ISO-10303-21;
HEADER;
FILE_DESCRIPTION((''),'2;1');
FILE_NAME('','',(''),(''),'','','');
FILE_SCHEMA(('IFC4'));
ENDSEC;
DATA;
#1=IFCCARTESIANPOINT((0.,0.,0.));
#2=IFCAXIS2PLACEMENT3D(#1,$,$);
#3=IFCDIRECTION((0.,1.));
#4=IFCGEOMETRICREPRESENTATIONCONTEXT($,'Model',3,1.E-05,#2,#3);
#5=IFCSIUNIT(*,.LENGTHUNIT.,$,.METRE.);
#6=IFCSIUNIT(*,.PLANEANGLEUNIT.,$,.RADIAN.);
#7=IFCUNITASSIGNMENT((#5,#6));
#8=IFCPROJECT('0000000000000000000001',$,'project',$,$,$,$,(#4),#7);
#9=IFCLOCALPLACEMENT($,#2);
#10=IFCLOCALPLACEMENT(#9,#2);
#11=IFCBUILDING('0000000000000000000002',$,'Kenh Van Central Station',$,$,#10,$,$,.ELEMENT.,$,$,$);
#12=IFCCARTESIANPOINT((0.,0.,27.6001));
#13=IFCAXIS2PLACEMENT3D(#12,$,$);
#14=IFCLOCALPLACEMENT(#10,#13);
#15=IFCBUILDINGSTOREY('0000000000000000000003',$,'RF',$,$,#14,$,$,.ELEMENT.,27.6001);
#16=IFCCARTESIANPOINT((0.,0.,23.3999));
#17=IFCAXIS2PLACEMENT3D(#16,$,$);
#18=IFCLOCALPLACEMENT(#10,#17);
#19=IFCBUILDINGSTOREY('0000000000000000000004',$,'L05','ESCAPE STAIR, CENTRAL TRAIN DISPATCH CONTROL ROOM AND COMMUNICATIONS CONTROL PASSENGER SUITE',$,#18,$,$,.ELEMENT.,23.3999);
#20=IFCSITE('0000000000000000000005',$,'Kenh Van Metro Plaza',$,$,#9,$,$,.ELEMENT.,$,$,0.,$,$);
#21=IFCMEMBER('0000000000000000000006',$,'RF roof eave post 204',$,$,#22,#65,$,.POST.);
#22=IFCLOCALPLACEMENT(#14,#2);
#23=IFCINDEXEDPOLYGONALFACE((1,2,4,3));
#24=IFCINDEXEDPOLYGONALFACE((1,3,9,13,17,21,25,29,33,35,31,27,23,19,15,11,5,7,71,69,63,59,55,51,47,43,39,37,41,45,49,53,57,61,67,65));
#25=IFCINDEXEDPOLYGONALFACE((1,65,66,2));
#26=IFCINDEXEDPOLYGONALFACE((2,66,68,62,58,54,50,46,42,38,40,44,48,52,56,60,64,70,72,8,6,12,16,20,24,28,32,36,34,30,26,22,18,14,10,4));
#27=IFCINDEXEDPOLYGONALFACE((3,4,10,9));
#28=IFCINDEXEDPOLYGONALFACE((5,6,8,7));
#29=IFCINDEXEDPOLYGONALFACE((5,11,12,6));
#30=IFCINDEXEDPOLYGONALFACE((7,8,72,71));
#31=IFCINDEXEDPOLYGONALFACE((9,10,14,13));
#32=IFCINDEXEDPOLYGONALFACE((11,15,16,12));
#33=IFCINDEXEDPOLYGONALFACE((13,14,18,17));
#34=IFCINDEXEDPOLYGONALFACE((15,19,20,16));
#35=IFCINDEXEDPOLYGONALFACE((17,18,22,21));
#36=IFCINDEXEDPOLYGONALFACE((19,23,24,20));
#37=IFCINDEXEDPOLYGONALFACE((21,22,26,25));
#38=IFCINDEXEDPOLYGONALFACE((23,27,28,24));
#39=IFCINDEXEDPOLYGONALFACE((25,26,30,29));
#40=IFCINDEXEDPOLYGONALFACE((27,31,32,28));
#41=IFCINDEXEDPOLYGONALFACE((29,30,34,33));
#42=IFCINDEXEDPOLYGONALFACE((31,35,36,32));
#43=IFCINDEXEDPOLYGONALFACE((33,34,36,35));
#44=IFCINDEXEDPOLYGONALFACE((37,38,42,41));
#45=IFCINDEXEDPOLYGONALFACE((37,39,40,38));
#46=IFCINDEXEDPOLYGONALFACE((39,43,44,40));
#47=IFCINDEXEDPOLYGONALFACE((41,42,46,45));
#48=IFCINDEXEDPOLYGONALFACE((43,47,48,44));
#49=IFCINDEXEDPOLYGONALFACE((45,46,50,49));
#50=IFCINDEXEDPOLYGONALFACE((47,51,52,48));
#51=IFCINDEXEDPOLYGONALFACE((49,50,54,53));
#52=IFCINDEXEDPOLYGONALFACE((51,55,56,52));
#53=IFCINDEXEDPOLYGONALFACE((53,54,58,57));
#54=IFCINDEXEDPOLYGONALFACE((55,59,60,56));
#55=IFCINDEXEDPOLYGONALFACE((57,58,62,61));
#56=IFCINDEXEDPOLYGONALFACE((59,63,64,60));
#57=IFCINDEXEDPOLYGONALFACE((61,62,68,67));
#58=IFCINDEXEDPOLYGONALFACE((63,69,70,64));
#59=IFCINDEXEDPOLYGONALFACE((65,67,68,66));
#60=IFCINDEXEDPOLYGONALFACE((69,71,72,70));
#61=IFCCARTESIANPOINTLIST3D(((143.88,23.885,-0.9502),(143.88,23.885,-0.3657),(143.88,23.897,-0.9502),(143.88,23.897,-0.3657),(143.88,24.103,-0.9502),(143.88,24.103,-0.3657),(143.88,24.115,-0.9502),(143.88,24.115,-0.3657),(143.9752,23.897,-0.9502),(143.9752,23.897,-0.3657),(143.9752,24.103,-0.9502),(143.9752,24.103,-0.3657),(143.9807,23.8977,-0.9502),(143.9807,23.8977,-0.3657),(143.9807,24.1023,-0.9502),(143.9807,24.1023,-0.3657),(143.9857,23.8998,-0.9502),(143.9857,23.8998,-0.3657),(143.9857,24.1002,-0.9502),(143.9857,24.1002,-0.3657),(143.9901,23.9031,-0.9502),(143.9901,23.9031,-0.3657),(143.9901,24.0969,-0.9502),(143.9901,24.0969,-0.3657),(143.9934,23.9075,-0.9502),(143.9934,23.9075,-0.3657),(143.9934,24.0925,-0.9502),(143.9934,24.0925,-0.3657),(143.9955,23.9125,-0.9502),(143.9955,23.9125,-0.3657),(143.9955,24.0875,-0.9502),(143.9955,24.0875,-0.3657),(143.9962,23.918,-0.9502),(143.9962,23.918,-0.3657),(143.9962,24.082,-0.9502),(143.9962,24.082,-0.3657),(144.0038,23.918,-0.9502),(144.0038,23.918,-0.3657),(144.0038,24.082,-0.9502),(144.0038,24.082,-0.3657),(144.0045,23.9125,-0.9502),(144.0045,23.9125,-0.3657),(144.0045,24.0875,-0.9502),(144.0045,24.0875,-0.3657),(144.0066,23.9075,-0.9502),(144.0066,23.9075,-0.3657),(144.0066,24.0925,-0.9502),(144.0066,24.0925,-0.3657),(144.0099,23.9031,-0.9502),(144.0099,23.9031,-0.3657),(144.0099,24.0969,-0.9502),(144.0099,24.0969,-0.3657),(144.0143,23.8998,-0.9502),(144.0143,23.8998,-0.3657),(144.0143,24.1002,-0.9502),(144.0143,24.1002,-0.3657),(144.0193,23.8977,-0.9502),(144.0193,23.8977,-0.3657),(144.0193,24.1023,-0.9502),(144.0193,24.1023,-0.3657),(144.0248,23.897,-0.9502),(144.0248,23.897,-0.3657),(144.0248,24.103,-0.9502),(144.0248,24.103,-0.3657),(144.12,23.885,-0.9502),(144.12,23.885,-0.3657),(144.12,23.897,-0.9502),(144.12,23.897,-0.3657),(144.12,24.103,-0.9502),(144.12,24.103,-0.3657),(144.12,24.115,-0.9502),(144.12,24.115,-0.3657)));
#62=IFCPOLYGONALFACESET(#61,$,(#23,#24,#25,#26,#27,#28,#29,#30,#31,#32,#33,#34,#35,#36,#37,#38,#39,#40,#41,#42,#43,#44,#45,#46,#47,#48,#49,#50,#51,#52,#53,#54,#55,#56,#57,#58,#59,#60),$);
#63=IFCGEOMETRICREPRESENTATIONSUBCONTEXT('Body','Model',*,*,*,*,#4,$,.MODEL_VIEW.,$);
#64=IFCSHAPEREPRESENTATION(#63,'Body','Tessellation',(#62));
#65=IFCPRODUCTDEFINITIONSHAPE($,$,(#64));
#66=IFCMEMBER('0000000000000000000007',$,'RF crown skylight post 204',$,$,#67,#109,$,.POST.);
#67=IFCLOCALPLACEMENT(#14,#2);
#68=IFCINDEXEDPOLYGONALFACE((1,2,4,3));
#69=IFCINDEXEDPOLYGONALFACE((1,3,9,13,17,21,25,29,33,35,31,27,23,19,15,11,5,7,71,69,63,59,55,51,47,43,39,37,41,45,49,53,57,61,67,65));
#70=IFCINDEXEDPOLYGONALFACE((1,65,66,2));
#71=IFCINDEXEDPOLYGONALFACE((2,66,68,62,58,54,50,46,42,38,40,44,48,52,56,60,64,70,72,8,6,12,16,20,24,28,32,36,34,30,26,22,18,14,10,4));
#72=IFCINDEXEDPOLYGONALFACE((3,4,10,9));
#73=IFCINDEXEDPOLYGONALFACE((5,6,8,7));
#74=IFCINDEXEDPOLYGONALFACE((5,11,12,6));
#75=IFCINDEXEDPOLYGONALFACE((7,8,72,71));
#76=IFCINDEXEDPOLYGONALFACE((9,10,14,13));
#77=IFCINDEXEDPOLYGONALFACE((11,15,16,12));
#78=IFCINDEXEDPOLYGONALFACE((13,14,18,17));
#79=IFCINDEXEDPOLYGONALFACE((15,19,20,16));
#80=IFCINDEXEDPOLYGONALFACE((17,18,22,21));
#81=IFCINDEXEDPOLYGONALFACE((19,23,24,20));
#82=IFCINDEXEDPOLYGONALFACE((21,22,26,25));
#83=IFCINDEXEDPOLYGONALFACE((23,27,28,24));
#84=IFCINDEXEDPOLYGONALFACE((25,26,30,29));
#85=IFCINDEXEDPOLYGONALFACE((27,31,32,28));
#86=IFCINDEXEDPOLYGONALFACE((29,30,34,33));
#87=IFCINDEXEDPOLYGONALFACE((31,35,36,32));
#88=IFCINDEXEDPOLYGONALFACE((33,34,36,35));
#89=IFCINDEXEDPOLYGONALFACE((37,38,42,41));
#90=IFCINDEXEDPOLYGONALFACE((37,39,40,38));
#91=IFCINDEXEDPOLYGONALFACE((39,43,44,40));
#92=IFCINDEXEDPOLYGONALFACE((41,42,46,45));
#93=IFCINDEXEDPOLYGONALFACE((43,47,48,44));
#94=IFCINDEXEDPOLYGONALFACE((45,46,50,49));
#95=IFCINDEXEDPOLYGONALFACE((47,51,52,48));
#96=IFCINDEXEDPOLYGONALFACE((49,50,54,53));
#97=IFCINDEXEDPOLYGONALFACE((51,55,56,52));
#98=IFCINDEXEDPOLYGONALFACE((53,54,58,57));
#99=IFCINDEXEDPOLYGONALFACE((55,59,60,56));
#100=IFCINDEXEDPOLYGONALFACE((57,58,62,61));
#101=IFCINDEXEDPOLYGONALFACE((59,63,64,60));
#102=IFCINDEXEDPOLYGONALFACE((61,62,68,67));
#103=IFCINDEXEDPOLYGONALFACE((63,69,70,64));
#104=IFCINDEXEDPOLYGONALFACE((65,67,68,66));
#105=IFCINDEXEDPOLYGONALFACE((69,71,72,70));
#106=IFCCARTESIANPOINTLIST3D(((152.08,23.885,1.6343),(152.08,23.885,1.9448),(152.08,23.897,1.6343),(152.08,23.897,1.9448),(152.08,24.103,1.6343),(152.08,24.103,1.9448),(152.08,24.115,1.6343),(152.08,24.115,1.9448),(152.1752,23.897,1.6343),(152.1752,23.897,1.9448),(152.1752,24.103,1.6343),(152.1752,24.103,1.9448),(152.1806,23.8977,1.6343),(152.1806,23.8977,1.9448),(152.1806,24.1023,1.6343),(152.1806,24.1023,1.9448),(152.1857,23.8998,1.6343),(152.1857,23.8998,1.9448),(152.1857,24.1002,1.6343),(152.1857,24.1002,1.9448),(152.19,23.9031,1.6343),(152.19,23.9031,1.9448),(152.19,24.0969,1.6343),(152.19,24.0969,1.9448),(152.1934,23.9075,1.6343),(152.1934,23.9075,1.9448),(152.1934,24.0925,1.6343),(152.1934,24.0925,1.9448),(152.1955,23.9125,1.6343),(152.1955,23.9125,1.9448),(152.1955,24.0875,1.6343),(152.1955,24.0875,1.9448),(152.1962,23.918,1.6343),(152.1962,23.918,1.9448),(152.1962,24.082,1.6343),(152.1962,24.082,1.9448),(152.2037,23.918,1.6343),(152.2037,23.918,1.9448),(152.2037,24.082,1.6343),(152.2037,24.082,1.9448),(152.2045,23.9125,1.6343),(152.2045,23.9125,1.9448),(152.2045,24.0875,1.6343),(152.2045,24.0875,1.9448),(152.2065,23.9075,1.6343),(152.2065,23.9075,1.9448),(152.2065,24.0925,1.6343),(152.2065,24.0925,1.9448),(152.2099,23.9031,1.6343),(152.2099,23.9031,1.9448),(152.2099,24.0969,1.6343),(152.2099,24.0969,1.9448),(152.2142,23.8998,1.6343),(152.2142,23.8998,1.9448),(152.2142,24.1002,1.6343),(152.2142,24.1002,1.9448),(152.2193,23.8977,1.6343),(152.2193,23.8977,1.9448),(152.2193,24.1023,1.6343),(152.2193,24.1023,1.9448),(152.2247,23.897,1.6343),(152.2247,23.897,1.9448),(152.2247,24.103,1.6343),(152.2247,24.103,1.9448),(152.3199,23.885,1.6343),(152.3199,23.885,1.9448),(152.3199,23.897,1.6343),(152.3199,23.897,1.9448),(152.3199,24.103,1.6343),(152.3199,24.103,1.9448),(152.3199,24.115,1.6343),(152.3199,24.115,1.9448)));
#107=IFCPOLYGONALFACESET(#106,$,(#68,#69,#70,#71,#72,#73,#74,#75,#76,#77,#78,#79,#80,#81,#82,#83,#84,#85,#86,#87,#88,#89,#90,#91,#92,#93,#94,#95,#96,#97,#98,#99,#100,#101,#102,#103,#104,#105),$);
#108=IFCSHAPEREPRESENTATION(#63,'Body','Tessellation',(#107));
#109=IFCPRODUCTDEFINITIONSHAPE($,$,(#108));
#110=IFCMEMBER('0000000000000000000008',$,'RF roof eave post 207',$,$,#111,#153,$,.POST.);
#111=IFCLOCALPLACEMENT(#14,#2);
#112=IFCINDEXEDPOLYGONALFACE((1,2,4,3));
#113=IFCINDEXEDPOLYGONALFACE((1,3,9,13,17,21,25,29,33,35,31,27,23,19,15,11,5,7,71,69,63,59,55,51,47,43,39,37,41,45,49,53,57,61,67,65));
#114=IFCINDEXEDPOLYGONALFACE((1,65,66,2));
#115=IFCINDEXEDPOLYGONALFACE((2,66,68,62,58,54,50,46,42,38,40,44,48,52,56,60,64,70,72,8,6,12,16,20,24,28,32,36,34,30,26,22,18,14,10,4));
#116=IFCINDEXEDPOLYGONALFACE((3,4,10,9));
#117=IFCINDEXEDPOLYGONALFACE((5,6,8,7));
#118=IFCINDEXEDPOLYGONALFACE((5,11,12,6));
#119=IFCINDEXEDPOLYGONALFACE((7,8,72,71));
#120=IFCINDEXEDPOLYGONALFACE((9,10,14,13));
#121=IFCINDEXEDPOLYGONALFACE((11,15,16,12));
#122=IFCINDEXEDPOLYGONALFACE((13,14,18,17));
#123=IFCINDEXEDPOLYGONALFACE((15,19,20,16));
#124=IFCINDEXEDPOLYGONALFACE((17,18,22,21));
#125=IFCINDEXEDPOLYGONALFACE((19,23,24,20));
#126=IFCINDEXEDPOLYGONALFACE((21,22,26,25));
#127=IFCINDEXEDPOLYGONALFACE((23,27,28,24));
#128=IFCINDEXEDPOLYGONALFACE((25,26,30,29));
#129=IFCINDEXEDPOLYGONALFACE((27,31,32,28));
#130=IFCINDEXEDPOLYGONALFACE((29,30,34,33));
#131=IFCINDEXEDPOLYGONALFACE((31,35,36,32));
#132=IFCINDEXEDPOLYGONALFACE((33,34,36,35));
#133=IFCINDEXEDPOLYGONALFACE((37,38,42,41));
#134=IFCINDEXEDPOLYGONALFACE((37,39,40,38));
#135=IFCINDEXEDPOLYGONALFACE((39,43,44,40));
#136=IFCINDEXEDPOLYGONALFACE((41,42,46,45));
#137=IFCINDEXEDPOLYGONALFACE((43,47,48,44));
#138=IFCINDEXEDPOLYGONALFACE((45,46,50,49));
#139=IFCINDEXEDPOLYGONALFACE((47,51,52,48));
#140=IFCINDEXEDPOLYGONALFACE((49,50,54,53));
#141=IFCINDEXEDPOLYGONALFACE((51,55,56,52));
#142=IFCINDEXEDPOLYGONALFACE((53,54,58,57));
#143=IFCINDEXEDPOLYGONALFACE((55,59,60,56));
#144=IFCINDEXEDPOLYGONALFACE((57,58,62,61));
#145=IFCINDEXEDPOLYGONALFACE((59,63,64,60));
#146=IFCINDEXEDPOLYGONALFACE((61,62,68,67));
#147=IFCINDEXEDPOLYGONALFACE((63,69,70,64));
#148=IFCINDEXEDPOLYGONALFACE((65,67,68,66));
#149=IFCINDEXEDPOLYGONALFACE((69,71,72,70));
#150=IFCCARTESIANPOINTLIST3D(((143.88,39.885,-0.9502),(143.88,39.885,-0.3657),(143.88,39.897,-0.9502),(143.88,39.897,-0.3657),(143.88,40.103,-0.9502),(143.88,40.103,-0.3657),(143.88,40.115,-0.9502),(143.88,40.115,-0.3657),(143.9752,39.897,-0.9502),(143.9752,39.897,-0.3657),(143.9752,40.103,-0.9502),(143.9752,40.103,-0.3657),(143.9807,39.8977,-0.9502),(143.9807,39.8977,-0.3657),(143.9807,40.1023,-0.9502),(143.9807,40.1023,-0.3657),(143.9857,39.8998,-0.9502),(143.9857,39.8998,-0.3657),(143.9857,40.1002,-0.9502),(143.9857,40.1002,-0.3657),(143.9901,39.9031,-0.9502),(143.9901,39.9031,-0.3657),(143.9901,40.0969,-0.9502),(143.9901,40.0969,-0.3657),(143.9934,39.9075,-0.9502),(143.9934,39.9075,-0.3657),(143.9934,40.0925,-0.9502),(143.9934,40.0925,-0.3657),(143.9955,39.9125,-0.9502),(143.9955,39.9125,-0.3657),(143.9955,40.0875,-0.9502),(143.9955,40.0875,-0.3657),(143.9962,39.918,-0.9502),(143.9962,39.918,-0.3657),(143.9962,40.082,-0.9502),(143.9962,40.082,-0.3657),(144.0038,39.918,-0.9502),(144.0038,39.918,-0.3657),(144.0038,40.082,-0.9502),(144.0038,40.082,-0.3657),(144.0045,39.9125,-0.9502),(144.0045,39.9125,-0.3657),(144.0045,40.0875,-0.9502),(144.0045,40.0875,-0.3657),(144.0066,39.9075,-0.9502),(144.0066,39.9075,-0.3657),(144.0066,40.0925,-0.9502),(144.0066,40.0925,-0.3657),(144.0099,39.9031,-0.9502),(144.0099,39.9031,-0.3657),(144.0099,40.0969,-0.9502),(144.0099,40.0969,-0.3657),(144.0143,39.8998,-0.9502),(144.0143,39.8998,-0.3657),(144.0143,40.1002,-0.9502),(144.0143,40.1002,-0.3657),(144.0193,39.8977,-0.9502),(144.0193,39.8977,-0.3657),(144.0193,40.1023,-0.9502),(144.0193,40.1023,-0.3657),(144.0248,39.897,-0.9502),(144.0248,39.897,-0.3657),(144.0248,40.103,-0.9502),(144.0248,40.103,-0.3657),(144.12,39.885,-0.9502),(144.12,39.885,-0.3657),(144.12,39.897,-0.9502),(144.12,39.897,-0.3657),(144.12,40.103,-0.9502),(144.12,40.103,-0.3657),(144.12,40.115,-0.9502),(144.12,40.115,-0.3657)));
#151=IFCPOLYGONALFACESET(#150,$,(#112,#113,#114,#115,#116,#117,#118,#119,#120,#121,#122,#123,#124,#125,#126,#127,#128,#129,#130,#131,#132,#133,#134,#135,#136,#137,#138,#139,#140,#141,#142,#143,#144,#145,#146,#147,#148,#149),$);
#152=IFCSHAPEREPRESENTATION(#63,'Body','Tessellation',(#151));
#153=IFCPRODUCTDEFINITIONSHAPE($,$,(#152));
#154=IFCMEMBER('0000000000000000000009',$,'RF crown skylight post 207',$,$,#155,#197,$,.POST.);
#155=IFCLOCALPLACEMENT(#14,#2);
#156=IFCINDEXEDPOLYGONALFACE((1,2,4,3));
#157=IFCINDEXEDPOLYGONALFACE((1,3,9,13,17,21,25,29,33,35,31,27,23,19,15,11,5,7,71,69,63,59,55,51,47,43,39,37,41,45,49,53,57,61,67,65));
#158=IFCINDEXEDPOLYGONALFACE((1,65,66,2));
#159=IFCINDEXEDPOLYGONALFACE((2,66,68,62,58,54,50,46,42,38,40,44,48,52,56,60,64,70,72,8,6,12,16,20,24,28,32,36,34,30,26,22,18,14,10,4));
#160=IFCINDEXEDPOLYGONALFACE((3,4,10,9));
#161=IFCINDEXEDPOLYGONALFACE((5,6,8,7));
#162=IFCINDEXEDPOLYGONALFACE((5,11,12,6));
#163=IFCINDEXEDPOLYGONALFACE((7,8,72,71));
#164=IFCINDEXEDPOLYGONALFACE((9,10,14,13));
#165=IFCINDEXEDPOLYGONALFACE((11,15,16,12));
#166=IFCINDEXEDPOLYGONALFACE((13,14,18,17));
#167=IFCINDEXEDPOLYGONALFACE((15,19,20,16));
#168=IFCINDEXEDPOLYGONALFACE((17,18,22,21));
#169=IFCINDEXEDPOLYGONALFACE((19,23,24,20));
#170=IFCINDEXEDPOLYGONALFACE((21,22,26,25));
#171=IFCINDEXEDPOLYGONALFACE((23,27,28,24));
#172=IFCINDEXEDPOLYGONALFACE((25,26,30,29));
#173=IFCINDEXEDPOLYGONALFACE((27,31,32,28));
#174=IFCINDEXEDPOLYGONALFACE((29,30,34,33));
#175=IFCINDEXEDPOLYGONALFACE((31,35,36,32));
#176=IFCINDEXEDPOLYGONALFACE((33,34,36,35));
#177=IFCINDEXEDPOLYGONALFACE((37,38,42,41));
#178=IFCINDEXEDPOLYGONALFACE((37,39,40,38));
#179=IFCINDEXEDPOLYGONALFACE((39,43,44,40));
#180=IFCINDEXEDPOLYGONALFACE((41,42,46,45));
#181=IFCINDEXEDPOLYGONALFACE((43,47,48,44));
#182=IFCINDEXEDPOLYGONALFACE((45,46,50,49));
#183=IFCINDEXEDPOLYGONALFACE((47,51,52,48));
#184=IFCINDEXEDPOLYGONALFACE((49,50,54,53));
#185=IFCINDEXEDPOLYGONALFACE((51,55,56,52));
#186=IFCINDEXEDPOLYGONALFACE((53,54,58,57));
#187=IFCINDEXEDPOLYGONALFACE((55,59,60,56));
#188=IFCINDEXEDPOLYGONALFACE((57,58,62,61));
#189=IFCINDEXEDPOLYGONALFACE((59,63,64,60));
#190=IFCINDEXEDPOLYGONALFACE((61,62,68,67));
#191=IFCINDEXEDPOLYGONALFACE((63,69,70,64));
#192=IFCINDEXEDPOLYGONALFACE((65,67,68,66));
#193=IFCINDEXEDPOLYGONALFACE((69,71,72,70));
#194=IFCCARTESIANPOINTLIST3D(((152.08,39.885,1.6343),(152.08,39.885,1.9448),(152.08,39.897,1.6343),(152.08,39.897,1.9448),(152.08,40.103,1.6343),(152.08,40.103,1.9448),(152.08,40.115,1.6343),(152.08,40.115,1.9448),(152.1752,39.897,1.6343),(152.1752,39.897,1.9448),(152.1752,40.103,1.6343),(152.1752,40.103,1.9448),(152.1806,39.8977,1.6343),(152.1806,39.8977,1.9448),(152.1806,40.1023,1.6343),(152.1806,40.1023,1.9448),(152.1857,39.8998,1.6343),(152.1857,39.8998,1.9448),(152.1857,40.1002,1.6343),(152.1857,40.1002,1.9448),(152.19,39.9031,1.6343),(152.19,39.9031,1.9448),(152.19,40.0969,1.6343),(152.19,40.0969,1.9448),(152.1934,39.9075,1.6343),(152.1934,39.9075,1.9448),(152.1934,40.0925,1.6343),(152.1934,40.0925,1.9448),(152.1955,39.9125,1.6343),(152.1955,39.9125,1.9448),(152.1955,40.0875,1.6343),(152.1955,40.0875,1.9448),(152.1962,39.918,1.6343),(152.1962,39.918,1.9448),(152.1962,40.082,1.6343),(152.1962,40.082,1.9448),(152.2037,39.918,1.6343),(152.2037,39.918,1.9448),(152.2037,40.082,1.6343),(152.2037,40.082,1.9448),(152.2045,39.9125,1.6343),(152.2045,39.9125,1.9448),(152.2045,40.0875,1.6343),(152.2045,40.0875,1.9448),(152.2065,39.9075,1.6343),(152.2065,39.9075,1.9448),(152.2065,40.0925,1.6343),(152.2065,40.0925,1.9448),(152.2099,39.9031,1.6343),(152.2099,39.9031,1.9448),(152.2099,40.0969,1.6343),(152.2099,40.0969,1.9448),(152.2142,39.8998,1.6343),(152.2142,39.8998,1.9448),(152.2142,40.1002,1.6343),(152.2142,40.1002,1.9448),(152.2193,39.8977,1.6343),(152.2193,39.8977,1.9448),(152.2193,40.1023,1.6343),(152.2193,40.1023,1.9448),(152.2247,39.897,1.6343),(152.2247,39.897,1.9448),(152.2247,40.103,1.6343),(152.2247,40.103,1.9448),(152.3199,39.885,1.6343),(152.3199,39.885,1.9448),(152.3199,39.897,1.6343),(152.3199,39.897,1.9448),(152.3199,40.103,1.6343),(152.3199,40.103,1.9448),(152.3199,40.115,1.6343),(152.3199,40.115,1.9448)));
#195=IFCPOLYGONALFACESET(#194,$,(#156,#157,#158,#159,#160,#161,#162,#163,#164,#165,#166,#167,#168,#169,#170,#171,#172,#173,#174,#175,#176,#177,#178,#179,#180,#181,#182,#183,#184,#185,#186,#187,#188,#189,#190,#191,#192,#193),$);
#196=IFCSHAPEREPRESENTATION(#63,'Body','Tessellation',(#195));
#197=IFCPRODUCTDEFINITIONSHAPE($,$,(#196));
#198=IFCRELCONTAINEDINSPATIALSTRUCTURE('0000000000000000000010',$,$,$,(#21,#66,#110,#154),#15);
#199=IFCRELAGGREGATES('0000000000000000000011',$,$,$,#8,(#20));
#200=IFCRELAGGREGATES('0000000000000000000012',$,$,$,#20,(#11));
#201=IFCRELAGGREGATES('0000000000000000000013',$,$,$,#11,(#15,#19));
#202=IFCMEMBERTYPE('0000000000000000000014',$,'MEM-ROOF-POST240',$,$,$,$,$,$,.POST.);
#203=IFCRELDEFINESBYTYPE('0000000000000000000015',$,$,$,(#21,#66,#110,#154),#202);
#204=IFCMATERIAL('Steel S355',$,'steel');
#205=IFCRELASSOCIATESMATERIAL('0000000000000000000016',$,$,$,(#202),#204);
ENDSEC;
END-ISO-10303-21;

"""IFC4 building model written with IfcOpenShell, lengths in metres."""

from ifc_helpers import new_model, si_unit, direction, frame, origin, origin_2d, place, context, subcontext, project, spatial, i_section, extrude, material, material_profile, profile_set, type_object, element, save


model = new_model("IFC4")

# Units and contexts
model_context = context("Model", 3, precision=1e-05, world=origin(), true_north=direction((0.0, 1.0)))
body_context = subcontext(model_context, "Body", "Model", "MODEL_VIEW")
ifc_project = project(units=[si_unit("LENGTHUNIT", "METRE"), si_unit("PLANEANGLEUNIT", "RADIAN")], contexts=[model_context])

# Site, building, storey
site_placement = place(None, origin())
site = spatial("IfcSite", under=ifc_project, at=site_placement, Name="Kenh Van Metro Plaza", CompositionType="ELEMENT", RefElevation=0.0)
building_placement = place(site_placement, origin())
building = spatial("IfcBuilding", under=site, at=building_placement, Name="Kenh Van Central Station", CompositionType="ELEMENT")
storey_1_placement = place(building_placement, frame((0.0, 0.0, 27.6001)))
storey_1 = spatial("IfcBuildingStorey", under=building, at=storey_1_placement, Name="RF", CompositionType="ELEMENT", Elevation=27.6001)

# Shared definitions
ifc_material_1 = material(Name="Steel S355", Category="steel")

# Members
ifc_material_profile_1 = material_profile(ifc_material_1, i_section(OverallWidth=0.24, OverallDepth=0.23, WebThickness=0.0076, FlangeThickness=0.012, FilletRadius=0.021, at=origin_2d()), Name="HEA 240")
ifc_profile_set_1 = profile_set([ifc_material_profile_1], Name="Steel S355")
member_type_1 = type_object("IfcMemberType", Name="MEM-ROOF-POST240", PredefinedType="POST", material=ifc_profile_set_1)
member_1_placement = place(storey_1_placement, frame((144.0, 24.0, -0.9502), z_axis=(0.0, 0.0, 1.0), x_axis=(1.0, 0.0, 0.0)))
element("IfcMember", 1, at=member_1_placement, inside=storey_1, type_object=member_type_1, Name="RF roof eave post 204", PredefinedType="POST", context=body_context, shape_type="SweptSolid", body=[
    extrude(i_section(OverallWidth=0.24, OverallDepth=0.23, WebThickness=0.0076, FlangeThickness=0.012, FilletRadius=0.021, at=origin_2d()), origin(), (0.0, 0.0, 1.0), 0.5845),
])
member_2_placement = place(storey_1_placement, frame((152.2, 24.0, 1.6343), z_axis=(0.0, 0.0, 1.0), x_axis=(1.0, 0.0, 0.0)))
element("IfcMember", 2, at=member_2_placement, inside=storey_1, type_object=member_type_1, Name="RF crown skylight post 204", PredefinedType="POST", context=body_context, shape_type="SweptSolid", body=[
    extrude(i_section(OverallWidth=0.24, OverallDepth=0.23, WebThickness=0.0076, FlangeThickness=0.012, FilletRadius=0.021, at=origin_2d()), origin(), (0.0, 0.0, 1.0), 0.3105),
])
member_3_placement = place(storey_1_placement, frame((144.0, 40.0, -0.9502), z_axis=(0.0, 0.0, 1.0), x_axis=(1.0, 0.0, 0.0)))
element("IfcMember", 3, at=member_3_placement, inside=storey_1, type_object=member_type_1, Name="RF roof eave post 207", PredefinedType="POST", context=body_context, shape_type="SweptSolid", body=[
    extrude(i_section(OverallWidth=0.24, OverallDepth=0.23, WebThickness=0.0076, FlangeThickness=0.012, FilletRadius=0.021, at=origin_2d()), origin(), (0.0, 0.0, 1.0), 0.5845),
])
member_4_placement = place(storey_1_placement, frame((152.2, 40.0, 1.6343), z_axis=(0.0, 0.0, 1.0), x_axis=(1.0, 0.0, 0.0)))
element("IfcMember", 4, at=member_4_placement, inside=storey_1, type_object=member_type_1, Name="RF crown skylight post 207", PredefinedType="POST", context=body_context, shape_type="SweptSolid", body=[
    extrude(i_section(OverallWidth=0.24, OverallDepth=0.23, WebThickness=0.0076, FlangeThickness=0.012, FilletRadius=0.021, at=origin_2d()), origin(), (0.0, 0.0, 1.0), 0.3105),
])

# Shared definitions
storey_2_placement = place(building_placement, frame((0.0, 0.0, 23.3999)))
storey_2 = spatial("IfcBuildingStorey", under=building, at=storey_2_placement, Name="L05", Description="ESCAPE STAIR, CENTRAL TRAIN DISPATCH CONTROL ROOM AND COMMUNICATIONS CONTROL PASSENGER SUITE", CompositionType="ELEMENT", Elevation=23.3999)

save(model, "model.ifc")
